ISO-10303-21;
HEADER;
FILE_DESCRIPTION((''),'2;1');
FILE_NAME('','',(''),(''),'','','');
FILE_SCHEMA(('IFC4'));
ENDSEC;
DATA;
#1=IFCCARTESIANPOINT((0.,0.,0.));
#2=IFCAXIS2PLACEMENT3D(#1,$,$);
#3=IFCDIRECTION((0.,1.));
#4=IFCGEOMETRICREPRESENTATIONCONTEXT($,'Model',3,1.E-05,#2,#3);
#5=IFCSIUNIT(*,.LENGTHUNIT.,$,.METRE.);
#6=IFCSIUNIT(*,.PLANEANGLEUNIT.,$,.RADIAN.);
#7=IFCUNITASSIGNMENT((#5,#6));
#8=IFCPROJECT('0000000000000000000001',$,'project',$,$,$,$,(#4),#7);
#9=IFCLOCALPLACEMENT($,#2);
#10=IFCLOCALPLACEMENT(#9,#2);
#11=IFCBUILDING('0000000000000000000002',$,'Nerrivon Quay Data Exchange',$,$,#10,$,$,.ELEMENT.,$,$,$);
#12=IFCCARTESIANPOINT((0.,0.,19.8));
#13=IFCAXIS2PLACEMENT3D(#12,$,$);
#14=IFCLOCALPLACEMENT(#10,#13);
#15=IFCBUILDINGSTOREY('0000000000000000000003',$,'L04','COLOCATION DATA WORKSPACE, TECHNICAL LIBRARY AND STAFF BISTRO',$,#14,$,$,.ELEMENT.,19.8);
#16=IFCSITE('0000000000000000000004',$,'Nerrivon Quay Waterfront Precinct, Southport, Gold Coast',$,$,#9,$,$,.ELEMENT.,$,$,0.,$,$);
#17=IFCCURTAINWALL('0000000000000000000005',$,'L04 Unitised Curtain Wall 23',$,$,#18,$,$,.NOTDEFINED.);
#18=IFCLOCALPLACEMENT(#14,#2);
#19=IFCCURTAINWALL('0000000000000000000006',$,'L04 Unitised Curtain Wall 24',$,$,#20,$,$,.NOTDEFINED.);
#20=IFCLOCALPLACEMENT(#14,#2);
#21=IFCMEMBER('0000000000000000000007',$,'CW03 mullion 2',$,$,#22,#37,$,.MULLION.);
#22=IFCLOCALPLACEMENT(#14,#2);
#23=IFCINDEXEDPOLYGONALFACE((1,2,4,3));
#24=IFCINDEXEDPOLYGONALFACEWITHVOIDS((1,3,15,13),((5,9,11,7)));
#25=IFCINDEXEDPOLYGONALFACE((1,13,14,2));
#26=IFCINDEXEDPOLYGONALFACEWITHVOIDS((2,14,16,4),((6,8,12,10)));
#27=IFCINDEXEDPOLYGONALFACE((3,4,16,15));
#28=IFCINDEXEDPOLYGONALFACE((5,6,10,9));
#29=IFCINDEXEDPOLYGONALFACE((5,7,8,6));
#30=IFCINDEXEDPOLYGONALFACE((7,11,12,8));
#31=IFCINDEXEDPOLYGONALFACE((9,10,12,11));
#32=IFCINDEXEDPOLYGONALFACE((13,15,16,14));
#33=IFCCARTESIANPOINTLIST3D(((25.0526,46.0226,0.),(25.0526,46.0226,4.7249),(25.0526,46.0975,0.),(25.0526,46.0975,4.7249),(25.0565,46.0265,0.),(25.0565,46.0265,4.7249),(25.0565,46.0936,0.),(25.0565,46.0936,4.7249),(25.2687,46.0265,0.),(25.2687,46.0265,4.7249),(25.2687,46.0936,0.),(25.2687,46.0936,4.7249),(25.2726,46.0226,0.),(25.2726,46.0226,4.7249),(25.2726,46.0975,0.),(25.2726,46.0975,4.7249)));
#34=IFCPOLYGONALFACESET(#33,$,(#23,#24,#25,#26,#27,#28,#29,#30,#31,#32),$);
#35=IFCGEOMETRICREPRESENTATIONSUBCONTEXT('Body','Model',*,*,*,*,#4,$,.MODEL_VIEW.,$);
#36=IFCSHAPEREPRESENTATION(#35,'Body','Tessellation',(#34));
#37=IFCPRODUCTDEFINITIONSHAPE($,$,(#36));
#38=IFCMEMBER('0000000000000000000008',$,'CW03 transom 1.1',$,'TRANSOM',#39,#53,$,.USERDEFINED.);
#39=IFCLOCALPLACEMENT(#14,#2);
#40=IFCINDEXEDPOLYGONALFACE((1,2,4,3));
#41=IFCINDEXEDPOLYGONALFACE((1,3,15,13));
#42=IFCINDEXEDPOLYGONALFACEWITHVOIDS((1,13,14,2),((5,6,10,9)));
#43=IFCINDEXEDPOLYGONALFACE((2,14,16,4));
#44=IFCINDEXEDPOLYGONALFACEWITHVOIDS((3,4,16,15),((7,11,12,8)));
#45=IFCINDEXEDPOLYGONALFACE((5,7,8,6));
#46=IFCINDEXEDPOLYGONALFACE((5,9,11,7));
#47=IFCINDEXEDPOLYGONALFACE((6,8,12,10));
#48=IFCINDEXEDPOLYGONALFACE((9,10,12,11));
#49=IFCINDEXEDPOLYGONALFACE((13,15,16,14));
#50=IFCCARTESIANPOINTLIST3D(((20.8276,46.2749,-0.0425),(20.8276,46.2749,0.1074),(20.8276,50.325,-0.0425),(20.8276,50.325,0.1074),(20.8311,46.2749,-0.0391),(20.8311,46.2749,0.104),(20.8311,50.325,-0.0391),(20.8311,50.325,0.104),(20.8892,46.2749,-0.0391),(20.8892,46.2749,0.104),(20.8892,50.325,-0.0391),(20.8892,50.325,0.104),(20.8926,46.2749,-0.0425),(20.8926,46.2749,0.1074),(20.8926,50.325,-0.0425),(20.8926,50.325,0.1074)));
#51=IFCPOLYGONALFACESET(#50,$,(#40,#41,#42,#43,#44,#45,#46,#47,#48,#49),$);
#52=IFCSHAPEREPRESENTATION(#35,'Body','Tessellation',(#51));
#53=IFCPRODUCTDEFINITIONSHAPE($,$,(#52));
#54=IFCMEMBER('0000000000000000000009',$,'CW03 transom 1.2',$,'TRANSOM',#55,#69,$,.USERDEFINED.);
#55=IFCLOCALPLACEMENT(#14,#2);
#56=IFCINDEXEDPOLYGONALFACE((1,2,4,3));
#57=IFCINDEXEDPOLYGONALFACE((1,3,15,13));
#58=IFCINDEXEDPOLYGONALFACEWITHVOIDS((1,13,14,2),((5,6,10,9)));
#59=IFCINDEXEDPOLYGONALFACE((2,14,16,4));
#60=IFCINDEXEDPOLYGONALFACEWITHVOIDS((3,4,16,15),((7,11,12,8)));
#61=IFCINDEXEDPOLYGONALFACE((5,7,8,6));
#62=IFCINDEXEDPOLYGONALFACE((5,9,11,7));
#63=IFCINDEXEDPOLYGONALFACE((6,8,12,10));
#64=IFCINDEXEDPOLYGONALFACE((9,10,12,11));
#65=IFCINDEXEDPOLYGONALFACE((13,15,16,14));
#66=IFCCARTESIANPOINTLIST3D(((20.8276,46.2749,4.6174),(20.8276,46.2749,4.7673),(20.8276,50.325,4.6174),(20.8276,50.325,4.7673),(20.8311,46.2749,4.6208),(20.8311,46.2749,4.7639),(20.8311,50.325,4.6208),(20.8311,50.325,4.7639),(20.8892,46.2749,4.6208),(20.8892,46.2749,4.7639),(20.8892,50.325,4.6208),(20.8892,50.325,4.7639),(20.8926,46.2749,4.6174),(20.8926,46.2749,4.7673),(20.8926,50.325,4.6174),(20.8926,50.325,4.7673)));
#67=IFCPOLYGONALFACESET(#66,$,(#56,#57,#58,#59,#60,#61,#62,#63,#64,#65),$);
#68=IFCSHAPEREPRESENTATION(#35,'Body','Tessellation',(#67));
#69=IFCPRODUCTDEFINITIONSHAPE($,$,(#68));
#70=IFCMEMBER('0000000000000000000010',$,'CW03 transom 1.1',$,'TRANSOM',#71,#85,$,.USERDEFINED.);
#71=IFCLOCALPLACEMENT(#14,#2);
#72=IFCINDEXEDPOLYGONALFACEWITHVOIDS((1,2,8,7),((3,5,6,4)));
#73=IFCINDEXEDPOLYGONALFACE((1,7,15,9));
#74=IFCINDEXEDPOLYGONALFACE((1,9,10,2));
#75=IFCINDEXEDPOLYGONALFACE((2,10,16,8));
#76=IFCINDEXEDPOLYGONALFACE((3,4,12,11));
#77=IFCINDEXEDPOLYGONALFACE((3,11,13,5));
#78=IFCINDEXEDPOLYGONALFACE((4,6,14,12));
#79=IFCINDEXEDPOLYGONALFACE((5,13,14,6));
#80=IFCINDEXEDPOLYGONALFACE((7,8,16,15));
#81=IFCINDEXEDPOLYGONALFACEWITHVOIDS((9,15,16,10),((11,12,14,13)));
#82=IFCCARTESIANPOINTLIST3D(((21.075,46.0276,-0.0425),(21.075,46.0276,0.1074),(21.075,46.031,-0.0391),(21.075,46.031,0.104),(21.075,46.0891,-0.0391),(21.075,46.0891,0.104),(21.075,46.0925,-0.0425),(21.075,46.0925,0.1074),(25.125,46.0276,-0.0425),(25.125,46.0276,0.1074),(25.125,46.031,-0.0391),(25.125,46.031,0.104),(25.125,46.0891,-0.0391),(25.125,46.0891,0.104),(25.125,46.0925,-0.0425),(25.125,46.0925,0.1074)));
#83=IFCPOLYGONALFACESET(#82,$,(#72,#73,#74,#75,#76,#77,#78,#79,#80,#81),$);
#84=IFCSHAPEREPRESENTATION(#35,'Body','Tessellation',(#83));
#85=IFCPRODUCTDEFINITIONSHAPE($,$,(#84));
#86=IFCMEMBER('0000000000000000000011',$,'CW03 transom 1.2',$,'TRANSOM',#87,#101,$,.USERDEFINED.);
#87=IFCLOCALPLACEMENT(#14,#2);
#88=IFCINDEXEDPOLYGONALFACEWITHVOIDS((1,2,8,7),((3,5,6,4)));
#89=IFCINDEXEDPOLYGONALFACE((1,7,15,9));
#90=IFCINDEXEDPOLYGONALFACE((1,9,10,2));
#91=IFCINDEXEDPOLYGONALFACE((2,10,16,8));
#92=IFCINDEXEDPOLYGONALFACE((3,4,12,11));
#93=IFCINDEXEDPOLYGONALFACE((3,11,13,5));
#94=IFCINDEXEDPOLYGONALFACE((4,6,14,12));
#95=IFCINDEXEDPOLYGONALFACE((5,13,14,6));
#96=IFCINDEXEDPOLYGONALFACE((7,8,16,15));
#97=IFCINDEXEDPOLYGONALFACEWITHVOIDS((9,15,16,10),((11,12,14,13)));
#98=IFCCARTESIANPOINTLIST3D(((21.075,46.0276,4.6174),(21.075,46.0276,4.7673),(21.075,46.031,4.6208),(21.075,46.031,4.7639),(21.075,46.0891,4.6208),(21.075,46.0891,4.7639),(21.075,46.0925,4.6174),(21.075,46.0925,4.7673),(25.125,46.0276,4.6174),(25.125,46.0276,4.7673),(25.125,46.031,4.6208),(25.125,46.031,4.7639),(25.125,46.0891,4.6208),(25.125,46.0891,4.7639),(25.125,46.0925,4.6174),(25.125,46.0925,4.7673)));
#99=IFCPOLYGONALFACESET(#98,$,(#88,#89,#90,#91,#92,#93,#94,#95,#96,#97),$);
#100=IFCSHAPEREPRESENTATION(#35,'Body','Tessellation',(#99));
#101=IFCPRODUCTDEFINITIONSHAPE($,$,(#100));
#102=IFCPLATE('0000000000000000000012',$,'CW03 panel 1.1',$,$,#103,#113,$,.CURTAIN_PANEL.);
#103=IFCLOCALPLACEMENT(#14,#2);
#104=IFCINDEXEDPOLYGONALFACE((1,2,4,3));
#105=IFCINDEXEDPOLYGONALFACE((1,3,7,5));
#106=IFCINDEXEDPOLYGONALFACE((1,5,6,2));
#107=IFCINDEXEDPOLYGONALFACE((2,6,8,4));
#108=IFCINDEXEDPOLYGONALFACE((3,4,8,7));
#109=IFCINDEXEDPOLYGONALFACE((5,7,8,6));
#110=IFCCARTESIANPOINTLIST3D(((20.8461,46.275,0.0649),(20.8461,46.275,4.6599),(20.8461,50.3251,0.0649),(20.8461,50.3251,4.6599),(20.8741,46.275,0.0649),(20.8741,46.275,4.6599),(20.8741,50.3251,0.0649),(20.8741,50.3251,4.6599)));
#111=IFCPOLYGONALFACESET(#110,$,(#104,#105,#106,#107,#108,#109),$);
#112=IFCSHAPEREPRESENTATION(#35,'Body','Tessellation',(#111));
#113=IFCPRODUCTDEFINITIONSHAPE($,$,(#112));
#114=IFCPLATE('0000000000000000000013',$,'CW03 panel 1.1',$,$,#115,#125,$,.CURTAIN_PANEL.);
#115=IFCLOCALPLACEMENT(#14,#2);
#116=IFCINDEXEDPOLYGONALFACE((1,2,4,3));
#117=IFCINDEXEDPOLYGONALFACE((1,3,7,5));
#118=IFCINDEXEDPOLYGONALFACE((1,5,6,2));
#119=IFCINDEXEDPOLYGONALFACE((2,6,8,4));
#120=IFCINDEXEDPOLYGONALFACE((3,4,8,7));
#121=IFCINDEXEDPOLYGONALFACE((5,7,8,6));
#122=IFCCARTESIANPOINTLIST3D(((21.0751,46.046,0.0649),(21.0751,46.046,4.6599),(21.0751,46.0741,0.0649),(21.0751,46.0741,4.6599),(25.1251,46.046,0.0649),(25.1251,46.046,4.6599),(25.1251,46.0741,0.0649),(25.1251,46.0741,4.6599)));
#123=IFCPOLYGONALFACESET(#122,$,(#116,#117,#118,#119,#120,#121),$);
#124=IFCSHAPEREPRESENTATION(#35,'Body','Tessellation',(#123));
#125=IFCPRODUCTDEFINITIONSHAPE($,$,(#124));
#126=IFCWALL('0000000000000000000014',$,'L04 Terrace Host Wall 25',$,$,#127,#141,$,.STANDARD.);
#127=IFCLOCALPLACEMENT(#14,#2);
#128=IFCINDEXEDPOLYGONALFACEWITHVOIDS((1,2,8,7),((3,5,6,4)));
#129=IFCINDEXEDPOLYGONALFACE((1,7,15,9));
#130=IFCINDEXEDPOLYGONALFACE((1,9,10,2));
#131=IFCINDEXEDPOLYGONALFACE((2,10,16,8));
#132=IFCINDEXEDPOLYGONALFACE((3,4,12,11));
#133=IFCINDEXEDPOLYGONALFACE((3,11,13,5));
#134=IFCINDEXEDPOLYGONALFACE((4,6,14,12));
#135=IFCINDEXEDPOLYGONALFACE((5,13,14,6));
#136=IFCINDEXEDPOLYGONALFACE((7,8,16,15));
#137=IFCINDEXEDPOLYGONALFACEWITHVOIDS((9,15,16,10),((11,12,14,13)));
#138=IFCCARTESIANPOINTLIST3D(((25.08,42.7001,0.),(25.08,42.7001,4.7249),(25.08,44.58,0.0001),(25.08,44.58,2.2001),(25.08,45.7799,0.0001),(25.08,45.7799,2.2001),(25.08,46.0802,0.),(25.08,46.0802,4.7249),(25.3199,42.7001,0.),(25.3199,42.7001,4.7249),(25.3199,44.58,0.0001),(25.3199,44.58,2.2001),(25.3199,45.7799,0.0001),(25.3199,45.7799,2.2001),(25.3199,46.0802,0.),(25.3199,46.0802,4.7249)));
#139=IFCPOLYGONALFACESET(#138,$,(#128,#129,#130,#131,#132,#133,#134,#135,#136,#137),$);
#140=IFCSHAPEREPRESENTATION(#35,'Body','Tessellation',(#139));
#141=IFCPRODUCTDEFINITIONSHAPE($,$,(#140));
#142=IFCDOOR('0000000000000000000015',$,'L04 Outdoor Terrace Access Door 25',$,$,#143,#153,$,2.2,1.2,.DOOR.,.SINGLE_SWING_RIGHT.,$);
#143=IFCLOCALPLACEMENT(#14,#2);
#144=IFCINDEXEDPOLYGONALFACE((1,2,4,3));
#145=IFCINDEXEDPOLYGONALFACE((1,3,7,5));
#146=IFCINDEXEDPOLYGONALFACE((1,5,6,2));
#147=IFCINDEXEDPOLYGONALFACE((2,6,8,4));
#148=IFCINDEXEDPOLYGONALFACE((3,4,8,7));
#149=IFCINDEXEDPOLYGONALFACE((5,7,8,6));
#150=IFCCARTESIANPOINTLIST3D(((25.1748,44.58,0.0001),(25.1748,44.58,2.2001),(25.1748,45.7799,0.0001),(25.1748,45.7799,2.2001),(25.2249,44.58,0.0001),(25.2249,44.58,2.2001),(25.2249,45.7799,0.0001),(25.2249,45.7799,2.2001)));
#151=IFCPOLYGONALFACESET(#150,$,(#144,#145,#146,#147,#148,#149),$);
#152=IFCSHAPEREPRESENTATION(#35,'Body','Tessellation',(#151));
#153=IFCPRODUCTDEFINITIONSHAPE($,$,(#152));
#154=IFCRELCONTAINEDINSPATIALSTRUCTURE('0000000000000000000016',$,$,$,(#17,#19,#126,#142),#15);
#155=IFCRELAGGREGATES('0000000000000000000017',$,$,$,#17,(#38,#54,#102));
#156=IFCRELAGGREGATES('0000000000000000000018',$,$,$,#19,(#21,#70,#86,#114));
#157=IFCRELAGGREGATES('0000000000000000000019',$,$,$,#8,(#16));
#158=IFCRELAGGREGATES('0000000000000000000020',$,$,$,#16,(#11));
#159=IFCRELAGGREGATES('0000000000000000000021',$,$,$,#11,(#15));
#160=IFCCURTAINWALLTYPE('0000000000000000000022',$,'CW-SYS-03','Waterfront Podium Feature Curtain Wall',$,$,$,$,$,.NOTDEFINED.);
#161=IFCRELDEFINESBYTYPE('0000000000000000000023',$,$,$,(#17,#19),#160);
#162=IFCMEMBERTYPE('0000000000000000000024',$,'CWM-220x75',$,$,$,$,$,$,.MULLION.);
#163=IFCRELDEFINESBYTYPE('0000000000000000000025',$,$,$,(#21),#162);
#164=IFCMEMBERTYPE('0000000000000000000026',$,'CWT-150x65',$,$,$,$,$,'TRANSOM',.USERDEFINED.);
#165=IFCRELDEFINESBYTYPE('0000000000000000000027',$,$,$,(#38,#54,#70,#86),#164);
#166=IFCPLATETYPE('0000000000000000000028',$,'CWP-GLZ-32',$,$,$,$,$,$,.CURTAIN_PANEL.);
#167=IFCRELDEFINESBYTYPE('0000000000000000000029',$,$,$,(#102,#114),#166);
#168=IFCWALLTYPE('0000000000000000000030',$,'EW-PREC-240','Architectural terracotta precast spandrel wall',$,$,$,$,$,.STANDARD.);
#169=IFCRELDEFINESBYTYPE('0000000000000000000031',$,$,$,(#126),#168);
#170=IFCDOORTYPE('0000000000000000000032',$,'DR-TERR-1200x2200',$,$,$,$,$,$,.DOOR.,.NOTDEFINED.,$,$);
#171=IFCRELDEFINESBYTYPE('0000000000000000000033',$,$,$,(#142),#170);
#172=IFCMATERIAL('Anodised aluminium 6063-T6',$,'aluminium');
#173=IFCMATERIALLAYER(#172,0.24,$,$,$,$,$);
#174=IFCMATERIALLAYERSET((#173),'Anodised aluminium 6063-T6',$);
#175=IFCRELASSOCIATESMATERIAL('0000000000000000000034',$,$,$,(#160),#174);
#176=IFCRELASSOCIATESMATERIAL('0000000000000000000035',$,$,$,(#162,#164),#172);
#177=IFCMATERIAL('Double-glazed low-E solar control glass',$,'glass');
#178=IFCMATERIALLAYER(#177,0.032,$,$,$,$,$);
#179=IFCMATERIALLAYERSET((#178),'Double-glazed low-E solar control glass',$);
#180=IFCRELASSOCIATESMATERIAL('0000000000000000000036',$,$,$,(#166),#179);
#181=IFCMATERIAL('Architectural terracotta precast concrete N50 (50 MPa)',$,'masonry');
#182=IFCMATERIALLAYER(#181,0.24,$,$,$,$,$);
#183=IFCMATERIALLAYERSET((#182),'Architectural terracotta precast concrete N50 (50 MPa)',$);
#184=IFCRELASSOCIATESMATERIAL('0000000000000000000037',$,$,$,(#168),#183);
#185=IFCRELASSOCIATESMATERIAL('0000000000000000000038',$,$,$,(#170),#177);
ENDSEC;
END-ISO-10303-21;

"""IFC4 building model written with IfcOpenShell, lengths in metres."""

from ifc_helpers import new_model, si_unit, direction, frame, frame_2d, origin, origin_2d, place, context, subcontext, project, spatial, rectangle, hollow_rectangle, extrude, material, layer, layer_set, material_profile, profile_set, type_object, element, fill, aggregate, save


model = new_model("IFC4")

# Units and contexts
model_context = context("Model", 3, precision=1e-05, world=origin(), true_north=direction((0.0, 1.0)))
body_context = subcontext(model_context, "Body", "Model", "MODEL_VIEW")
ifc_project = project(units=[si_unit("LENGTHUNIT", "METRE"), si_unit("PLANEANGLEUNIT", "RADIAN")], contexts=[model_context])

# Site, building, storey
site_placement = place(None, origin())
site = spatial("IfcSite", under=ifc_project, at=site_placement, Name="Nerrivon Quay Waterfront Precinct, Southport, Gold Coast", CompositionType="ELEMENT", RefElevation=0.0)
building_placement = place(site_placement, origin())
building = spatial("IfcBuilding", under=site, at=building_placement, Name="Nerrivon Quay Data Exchange", CompositionType="ELEMENT")
storey_placement = place(building_placement, frame((0.0, 0.0, 19.8)))
storey = spatial("IfcBuildingStorey", under=building, at=storey_placement, Name="L04", Description="COLOCATION DATA WORKSPACE, TECHNICAL LIBRARY AND STAFF BISTRO", CompositionType="ELEMENT", Elevation=19.8)

# Shared definitions
ifc_material_1 = material(Name="Anodised aluminium 6063-T6", Category="aluminium")
ifc_layer_1 = layer(ifc_material_1, 0.24)
ifc_layer_set_1 = layer_set([ifc_layer_1], Name="Anodised aluminium 6063-T6")
curtain_wall_type = type_object("IfcCurtainWallType", Name="CW-SYS-03", Description="Waterfront Podium Feature Curtain Wall", PredefinedType="NOTDEFINED", material=ifc_layer_set_1)
ifc_material_profile_1 = material_profile(ifc_material_1, hollow_rectangle(XDim=0.075, YDim=0.22, WallThickness=0.0039, at=origin_2d()), Name="ALU-MULL-220x75")
ifc_profile_set_1 = profile_set([ifc_material_profile_1], Name="Anodised aluminium 6063-T6")
member_type_1 = type_object("IfcMemberType", Name="CWM-220x75", PredefinedType="MULLION", material=ifc_profile_set_1)

# Curtain walls, member
curtain_wall_1_placement = place(storey_placement, origin())
curtain_wall_1 = element("IfcCurtainWall", 1, at=curtain_wall_1_placement, inside=storey, type_object=curtain_wall_type, Name="L04 Unitised Curtain Wall 23", PredefinedType="NOTDEFINED")
curtain_wall_2_placement = place(storey_placement, origin())
curtain_wall_2 = element("IfcCurtainWall", 2, at=curtain_wall_2_placement, inside=storey, type_object=curtain_wall_type, Name="L04 Unitised Curtain Wall 24", PredefinedType="NOTDEFINED")
member_1_placement = place(storey_placement, frame((25.1626, 46.0601, 0.0), z_axis=(0.0, 0.0, 1.0), x_axis=(0.0, 1.0, 0.0)))
member_1 = element("IfcMember", 3, at=member_1_placement, type_object=member_type_1, Name="CW03 mullion 2", PredefinedType="MULLION", context=body_context, shape_type="SweptSolid", body=[
    extrude(hollow_rectangle(XDim=0.075, YDim=0.22, WallThickness=0.0039, at=origin_2d()), origin(), (0.0, 0.0, 1.0), 4.7249),
])

# Members
ifc_material_profile_2 = material_profile(ifc_material_1, hollow_rectangle(XDim=0.0649, YDim=0.1499, WallThickness=0.0034, at=origin_2d()), Name="ALU-TRAN-150x65")
ifc_profile_set_2 = profile_set([ifc_material_profile_2], Name="Anodised aluminium 6063-T6")
member_type_2 = type_object("IfcMemberType", Name="CWT-150x65", ElementType="TRANSOM", PredefinedType="USERDEFINED", material=ifc_profile_set_2)
member_2_placement = place(storey_placement, frame((20.8601, 50.325, 0.0325), z_axis=(0.0, -1.0, 0.0), x_axis=(1.0, 0.0, 0.0)))
member_2 = element("IfcMember", 4, at=member_2_placement, type_object=member_type_2, Name="CW03 transom 1.1", ObjectType="TRANSOM", PredefinedType="USERDEFINED", context=body_context, shape_type="SweptSolid", body=[
    extrude(hollow_rectangle(XDim=0.0649, YDim=0.1499, WallThickness=0.0034, at=origin_2d()), origin(), (0.0, 0.0, 1.0), 4.05),
])
member_3_placement = place(storey_placement, frame((20.8601, 50.325, 4.6924), z_axis=(0.0, -1.0, 0.0), x_axis=(1.0, 0.0, 0.0)))
member_3 = element("IfcMember", 5, at=member_3_placement, type_object=member_type_2, Name="CW03 transom 1.2", ObjectType="TRANSOM", PredefinedType="USERDEFINED", context=body_context, shape_type="SweptSolid", body=[
    extrude(hollow_rectangle(XDim=0.0649, YDim=0.1499, WallThickness=0.0034, at=origin_2d()), origin(), (0.0, 0.0, 1.0), 4.05),
])
member_4_placement = place(storey_placement, frame((21.075, 46.0601, 0.0325), z_axis=(1.0, 0.0, 0.0), x_axis=(0.0, 1.0, 0.0)))
member_4 = element("IfcMember", 6, at=member_4_placement, type_object=member_type_2, Name="CW03 transom 1.1", ObjectType="TRANSOM", PredefinedType="USERDEFINED", context=body_context, shape_type="SweptSolid", body=[
    extrude(hollow_rectangle(XDim=0.0649, YDim=0.1499, WallThickness=0.0034, at=origin_2d()), origin(), (0.0, 0.0, 1.0), 4.05),
])
member_5_placement = place(storey_placement, frame((21.075, 46.0601, 4.6924), z_axis=(1.0, 0.0, 0.0), x_axis=(0.0, 1.0, 0.0)))
member_5 = element("IfcMember", 7, at=member_5_placement, type_object=member_type_2, Name="CW03 transom 1.2", ObjectType="TRANSOM", PredefinedType="USERDEFINED", context=body_context, shape_type="SweptSolid", body=[
    extrude(hollow_rectangle(XDim=0.0649, YDim=0.1499, WallThickness=0.0034, at=origin_2d()), origin(), (0.0, 0.0, 1.0), 4.05),
])

# Plates
ifc_material_2 = material(Name="Double-glazed low-E solar control glass", Category="glass")
ifc_layer_2 = layer(ifc_material_2, 0.032)
ifc_layer_set_2 = layer_set([ifc_layer_2], Name="Double-glazed low-E solar control glass")
plate_type = type_object("IfcPlateType", Name="CWP-GLZ-32", PredefinedType="CURTAIN_PANEL", material=ifc_layer_set_2)
plate_1_placement = place(storey_placement, frame((20.8601, 48.3, 0.0649), z_axis=(0.0, 0.0, 1.0), x_axis=(0.0, -1.0, 0.0)))
plate_1 = element("IfcPlate", 8, at=plate_1_placement, type_object=plate_type, Name="CW03 panel 1.1", PredefinedType="CURTAIN_PANEL", context=body_context, shape_type="SweptSolid", body=[
    extrude(rectangle(XDim=4.05, YDim=0.0281, at=origin_2d()), origin(), (0.0, 0.0, 1.0), 4.595),
])
aggregate(curtain_wall_1, [member_2, member_3, plate_1])
plate_2_placement = place(storey_placement, frame((23.1001, 46.0601, 0.0649), z_axis=(0.0, 0.0, 1.0), x_axis=(1.0, 0.0, 0.0)))
plate_2 = element("IfcPlate", 9, at=plate_2_placement, type_object=plate_type, Name="CW03 panel 1.1", PredefinedType="CURTAIN_PANEL", context=body_context, shape_type="SweptSolid", body=[
    extrude(rectangle(XDim=4.05, YDim=0.0281, at=origin_2d()), origin(), (0.0, 0.0, 1.0), 4.595),
])
aggregate(curtain_wall_2, [member_1, member_4, member_5, plate_2])

# Wall, opening, door
ifc_material_3 = material(Name="Architectural terracotta precast concrete N50 (50 MPa)", Category="masonry")
ifc_layer_3 = layer(ifc_material_3, 0.24)
ifc_layer_set_3 = layer_set([ifc_layer_3], Name="Architectural terracotta precast concrete N50 (50 MPa)")
wall_type_1 = type_object("IfcWallType", Name="EW-PREC-240", Description="Architectural terracotta precast spandrel wall", PredefinedType="STANDARD", material=ifc_layer_set_3)
wall_1_placement = place(storey_placement, frame((25.2, 46.0801, 0.0), z_axis=(0.0, 0.0, 1.0), x_axis=(0.0, -1.0, 0.0)))
wall_1 = element("IfcWall", 10, at=wall_1_placement, inside=storey, type_object=wall_type_1, Name="L04 Terrace Host Wall 25", PredefinedType="STANDARD", context=body_context, shape_type="SweptSolid", body=[
    extrude(rectangle(XDim=3.3801, YDim=0.24, at=frame_2d((1.6899, 0.0))), origin(), (0.0, 0.0, 1.0), 4.7249),
])
opening_1_placement = place(wall_1_placement, frame((0.3, 0.0, 0.0)))
opening_1 = element("IfcOpeningElement", 11, at=opening_1_placement, cuts=wall_1, PredefinedType="OPENING", context=body_context, shape_type="SweptSolid", body=[
    extrude(rectangle(XDim=1.2, YDim=2.2, at=frame_2d((0.6001, 1.1001))), frame((0.0, 0.1299, 0.0), z_axis=(0.0, -1.0, 0.0), x_axis=(1.0, 0.0, 0.0)), (0.0, 0.0, 1.0), 0.26),
])
door_type_1 = type_object("IfcDoorType", Name="DR-TERR-1200x2200", OperationType="NOTDEFINED", PredefinedType="DOOR", material=ifc_material_2)
door_1_placement = place(opening_1_placement, origin())
door_1 = element("IfcDoor", 12, at=door_1_placement, inside=storey, type_object=door_type_1, Name="L04 Outdoor Terrace Access Door 25", OperationType="SINGLE_SWING_RIGHT", OverallHeight=2.2, OverallWidth=1.2, PredefinedType="DOOR", context=body_context, shape_type="SweptSolid", body=[
    extrude(rectangle(XDim=1.2, YDim=2.2, at=frame_2d((0.6001, 1.1001))), frame((0.0, 0.0249, 0.0), z_axis=(0.0, -1.0, 0.0), x_axis=(1.0, 0.0, 0.0)), (0.0, 0.0, 1.0), 0.05),
])
fill(opening_1, door_1)

save(model, "model.ifc")
